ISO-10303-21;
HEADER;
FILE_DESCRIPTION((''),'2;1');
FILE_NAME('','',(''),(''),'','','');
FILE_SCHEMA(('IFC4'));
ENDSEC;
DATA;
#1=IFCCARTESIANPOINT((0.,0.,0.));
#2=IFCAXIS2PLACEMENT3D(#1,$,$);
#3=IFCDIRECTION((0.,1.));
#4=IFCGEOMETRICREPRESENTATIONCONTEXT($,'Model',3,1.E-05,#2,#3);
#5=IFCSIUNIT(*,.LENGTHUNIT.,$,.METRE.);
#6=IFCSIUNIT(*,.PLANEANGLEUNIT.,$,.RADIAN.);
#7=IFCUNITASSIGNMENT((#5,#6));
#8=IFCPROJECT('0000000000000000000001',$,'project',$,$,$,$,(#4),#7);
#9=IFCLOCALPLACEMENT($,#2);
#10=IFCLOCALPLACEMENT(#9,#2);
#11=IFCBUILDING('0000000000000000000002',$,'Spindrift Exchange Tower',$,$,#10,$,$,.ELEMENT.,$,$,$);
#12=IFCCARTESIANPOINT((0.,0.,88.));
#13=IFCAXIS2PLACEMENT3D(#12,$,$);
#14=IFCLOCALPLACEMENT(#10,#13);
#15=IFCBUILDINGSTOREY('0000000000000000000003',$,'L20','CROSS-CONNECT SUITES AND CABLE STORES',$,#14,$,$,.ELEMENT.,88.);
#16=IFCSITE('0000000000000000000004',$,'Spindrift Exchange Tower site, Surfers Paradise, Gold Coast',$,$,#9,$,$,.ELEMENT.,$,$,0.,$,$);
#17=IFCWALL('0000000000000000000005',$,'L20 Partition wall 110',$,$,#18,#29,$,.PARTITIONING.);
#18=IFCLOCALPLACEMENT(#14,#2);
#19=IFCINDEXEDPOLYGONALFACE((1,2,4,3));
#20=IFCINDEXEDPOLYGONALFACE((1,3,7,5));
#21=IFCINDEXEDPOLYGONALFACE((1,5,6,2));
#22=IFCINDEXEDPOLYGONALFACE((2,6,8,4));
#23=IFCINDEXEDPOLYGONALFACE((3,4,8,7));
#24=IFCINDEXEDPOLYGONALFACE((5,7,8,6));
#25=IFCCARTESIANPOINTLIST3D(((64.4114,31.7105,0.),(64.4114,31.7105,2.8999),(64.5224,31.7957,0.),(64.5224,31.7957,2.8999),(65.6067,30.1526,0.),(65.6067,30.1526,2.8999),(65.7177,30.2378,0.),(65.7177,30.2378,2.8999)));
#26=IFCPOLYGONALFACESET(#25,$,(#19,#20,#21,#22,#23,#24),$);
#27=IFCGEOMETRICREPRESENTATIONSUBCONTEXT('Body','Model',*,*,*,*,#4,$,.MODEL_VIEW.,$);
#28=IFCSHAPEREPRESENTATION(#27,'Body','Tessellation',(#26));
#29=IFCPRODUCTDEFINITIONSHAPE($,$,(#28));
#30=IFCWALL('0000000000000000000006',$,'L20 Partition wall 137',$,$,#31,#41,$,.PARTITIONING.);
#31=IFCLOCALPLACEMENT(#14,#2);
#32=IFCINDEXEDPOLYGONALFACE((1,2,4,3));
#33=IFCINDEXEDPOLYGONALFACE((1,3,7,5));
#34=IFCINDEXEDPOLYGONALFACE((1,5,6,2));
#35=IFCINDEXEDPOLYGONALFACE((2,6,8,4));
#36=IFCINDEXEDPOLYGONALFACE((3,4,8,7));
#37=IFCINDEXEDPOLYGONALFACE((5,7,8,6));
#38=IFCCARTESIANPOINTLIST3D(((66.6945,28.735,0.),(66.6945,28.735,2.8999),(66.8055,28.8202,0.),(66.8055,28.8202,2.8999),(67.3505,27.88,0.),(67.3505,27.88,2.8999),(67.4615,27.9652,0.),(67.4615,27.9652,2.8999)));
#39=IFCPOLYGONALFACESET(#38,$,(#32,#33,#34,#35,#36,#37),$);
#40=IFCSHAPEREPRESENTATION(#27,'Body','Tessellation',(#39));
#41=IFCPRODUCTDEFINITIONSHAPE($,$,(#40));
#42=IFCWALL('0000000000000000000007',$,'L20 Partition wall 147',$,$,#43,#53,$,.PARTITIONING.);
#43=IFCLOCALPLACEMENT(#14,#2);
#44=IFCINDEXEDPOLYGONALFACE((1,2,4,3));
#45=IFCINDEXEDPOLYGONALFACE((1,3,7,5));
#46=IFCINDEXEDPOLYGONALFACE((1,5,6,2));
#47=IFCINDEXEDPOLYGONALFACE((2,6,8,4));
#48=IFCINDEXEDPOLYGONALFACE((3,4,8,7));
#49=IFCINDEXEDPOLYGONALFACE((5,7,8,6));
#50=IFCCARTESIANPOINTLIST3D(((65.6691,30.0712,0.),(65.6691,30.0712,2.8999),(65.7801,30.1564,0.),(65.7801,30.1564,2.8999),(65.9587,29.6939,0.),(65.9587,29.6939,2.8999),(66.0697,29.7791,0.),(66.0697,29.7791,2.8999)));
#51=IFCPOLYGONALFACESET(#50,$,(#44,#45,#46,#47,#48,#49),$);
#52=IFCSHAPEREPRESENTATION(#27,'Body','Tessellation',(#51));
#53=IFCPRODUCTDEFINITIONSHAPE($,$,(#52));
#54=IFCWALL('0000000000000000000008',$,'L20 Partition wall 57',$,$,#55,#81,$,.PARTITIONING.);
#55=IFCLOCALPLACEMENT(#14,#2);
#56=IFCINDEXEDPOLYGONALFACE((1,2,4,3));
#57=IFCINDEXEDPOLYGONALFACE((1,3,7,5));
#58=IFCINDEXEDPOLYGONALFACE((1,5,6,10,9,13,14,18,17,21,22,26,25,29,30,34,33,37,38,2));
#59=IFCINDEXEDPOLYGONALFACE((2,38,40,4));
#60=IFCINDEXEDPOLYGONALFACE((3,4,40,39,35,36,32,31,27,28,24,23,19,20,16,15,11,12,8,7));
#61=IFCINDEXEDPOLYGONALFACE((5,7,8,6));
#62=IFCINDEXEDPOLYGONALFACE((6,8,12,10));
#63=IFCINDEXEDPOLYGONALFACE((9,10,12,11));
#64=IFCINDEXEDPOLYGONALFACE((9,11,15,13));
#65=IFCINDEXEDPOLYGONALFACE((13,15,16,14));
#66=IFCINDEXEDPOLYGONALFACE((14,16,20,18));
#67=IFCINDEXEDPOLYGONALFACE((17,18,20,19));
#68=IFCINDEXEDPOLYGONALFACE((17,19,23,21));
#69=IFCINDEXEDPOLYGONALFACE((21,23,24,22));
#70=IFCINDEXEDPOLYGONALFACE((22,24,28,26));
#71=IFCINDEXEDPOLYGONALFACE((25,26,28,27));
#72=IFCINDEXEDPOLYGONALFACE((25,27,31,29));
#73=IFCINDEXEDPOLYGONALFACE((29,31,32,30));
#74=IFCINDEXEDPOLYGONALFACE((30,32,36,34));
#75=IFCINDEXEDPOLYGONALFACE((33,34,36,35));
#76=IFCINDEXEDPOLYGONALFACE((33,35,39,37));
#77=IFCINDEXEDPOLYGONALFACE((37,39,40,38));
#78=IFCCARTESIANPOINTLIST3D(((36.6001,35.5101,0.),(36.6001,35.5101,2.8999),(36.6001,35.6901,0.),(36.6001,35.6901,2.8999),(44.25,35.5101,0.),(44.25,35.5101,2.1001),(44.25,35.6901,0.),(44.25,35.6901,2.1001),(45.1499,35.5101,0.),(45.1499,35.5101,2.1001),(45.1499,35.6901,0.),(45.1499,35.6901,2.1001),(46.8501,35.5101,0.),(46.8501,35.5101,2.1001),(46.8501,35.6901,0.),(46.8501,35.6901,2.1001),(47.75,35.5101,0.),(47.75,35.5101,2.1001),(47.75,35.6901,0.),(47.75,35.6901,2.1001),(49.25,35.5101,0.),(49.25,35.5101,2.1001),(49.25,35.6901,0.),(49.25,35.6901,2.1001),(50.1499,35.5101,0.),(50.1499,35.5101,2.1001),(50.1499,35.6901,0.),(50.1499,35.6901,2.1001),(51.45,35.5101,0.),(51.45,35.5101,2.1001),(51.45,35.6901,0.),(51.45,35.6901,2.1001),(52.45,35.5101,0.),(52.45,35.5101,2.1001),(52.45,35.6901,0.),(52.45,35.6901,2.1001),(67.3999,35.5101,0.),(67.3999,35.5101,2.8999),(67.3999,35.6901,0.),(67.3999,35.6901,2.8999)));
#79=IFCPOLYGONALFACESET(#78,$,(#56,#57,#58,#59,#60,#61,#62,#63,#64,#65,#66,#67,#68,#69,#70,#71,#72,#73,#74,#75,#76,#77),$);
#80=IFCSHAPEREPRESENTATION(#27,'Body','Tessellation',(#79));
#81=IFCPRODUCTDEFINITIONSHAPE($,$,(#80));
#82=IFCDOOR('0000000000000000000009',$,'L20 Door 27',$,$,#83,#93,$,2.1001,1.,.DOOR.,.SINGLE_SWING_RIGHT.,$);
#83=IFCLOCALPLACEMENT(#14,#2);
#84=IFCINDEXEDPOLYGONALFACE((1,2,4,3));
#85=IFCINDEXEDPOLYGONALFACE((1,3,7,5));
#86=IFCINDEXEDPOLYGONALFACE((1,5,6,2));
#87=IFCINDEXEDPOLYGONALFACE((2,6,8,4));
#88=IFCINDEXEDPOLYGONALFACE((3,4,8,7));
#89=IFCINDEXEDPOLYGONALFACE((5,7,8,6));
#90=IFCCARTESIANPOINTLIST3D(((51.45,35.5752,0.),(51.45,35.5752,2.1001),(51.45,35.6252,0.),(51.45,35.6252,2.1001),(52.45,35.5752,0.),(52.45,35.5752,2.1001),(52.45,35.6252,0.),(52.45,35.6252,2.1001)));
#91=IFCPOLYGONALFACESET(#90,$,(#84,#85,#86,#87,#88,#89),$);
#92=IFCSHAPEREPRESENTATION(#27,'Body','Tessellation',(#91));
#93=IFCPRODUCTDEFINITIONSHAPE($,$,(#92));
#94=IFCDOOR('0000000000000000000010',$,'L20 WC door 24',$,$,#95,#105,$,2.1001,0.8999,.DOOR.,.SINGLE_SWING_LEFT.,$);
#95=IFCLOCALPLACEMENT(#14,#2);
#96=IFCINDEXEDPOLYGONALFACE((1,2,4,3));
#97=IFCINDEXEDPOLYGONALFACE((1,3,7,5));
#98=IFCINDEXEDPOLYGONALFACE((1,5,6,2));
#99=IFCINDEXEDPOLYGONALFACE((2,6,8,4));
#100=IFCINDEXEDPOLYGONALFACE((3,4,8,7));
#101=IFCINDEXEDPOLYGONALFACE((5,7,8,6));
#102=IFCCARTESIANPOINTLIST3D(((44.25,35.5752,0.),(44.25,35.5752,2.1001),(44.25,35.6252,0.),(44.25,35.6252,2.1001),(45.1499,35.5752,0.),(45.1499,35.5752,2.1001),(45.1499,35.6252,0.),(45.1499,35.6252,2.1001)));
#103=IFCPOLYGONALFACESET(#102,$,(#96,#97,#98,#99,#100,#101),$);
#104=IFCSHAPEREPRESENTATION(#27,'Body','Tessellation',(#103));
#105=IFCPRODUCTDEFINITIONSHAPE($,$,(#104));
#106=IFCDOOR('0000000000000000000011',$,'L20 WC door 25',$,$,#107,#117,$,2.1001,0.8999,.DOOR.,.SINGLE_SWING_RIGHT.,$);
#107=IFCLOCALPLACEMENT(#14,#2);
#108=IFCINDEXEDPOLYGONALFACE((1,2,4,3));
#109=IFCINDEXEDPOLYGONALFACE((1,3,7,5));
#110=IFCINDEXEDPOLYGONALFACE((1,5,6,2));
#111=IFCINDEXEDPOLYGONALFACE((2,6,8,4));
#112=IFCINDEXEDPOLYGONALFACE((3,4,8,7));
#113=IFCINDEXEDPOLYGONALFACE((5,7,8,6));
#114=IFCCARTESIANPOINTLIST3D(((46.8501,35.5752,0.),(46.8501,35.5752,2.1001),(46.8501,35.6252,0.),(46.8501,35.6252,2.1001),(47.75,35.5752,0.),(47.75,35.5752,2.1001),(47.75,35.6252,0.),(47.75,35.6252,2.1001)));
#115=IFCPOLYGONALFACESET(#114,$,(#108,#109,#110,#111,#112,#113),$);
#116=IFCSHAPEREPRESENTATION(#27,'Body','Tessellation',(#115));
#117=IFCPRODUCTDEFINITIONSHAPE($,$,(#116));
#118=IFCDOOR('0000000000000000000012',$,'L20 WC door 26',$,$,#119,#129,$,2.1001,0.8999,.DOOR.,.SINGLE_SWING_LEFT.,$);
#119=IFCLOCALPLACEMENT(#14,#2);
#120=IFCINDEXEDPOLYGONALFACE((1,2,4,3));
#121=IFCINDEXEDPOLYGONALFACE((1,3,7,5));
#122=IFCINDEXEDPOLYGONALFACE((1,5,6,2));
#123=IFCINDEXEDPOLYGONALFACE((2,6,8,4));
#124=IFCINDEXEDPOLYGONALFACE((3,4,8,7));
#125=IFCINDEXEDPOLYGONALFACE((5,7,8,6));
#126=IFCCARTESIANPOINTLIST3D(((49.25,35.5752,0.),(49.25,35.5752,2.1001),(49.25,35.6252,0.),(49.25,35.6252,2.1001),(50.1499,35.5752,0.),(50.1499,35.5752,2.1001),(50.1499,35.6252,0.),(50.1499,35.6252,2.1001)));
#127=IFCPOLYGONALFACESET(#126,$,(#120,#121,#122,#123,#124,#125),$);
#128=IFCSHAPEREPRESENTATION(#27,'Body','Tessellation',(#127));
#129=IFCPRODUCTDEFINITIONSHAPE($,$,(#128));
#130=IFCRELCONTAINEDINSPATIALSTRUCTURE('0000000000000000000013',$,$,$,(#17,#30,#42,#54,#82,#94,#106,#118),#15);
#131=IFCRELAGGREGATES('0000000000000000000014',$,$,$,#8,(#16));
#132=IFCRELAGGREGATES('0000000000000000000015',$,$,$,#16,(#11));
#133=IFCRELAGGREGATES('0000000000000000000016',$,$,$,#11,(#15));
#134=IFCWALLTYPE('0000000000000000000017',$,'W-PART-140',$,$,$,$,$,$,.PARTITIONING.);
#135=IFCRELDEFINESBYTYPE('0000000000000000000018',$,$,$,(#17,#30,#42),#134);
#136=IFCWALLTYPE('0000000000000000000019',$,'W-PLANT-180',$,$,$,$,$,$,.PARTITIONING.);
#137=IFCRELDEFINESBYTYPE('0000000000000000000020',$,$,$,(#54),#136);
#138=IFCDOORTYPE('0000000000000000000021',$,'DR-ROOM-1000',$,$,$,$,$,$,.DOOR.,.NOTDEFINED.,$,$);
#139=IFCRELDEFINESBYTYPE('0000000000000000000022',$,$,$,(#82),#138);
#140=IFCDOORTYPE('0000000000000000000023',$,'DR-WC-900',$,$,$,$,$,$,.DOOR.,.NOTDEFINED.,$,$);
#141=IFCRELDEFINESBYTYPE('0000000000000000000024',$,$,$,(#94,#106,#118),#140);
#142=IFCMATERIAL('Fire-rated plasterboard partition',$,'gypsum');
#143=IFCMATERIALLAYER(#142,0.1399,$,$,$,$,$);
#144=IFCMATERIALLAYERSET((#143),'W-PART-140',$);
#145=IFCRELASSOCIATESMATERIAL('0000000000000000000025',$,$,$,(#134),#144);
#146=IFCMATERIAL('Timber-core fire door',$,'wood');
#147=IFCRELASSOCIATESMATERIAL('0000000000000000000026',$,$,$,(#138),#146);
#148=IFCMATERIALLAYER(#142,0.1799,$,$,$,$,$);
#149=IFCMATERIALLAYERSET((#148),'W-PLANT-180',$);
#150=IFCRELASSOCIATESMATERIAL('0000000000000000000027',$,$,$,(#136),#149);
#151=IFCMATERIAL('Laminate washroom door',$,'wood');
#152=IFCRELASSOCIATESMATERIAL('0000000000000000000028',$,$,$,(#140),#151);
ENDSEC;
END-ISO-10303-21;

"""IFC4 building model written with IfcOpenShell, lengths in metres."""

from ifc_helpers import new_model, si_unit, direction, frame, frame_2d, origin, place, context, subcontext, project, spatial, rectangle, extrude, source, transform, mapped, material, layer, layer_set, type_object, element, fill, save


model = new_model("IFC4")

# Units and contexts
model_context = context("Model", 3, precision=1e-05, world=origin(), true_north=direction((0.0, 1.0)))
body_context = subcontext(model_context, "Body", "Model", "MODEL_VIEW")
ifc_project = project(units=[si_unit("LENGTHUNIT", "METRE"), si_unit("PLANEANGLEUNIT", "RADIAN")], contexts=[model_context])

# Site, building, storey
site_placement = place(None, origin())
site = spatial("IfcSite", under=ifc_project, at=site_placement, Name="Spindrift Exchange Tower site, Surfers Paradise, Gold Coast", CompositionType="ELEMENT", RefElevation=0.0)
building_placement = place(site_placement, origin())
building = spatial("IfcBuilding", under=site, at=building_placement, Name="Spindrift Exchange Tower", CompositionType="ELEMENT")
storey_placement = place(building_placement, frame((0.0, 0.0, 88.0)))
storey = spatial("IfcBuildingStorey", under=building, at=storey_placement, Name="L20", Description="CROSS-CONNECT SUITES AND CABLE STORES", CompositionType="ELEMENT", Elevation=88.0)

# Shared definitions
ifc_material_1 = material(Name="Fire-rated plasterboard partition", Category="gypsum")
ifc_layer_1 = layer(ifc_material_1, 0.1399)
ifc_layer_set_1 = layer_set([ifc_layer_1], Name="W-PART-140")
wall_type_1 = type_object("IfcWallType", Name="W-PART-140", PredefinedType="PARTITIONING", material=ifc_layer_set_1)
ifc_material_2 = material(Name="Timber-core fire door", Category="wood")
door_type_1 = type_object("IfcDoorType", Name="DR-ROOM-1000", OperationType="NOTDEFINED", PredefinedType="DOOR", material=ifc_material_2)
shared_shape_1 = source(origin(), body_context, "Body", "SweptSolid", [
    extrude(rectangle(XDim=1.0, YDim=2.1001, at=frame_2d((0.5, 1.05))), frame((0.0, 0.0249, 0.0), z_axis=(0.0, -1.0, 0.0), x_axis=(1.0, 0.0, 0.0)), (0.0, 0.0, 1.0), 0.05),
])

# Walls
wall_1_placement = place(storey_placement, frame((64.4668, 31.7532, 0.0), z_axis=(0.0, 0.0, 1.0), x_axis=(0.608737, -0.793372, 0.0)))
element("IfcWall", 1, at=wall_1_placement, inside=storey, type_object=wall_type_1, Name="L20 Partition wall 110", PredefinedType="PARTITIONING", context=body_context, shape_type="SweptSolid", body=[
    extrude(rectangle(XDim=1.9636, YDim=0.1399, at=frame_2d((0.9819, 0.0))), origin(), (0.0, 0.0, 1.0), 2.8999),
])
wall_2_placement = place(storey_placement, frame((66.75, 28.7776, 0.0), z_axis=(0.0, 0.0, 1.0), x_axis=(0.608736, -0.793373, 0.0)))
element("IfcWall", 2, at=wall_2_placement, inside=storey, type_object=wall_type_1, Name="L20 Partition wall 137", PredefinedType="PARTITIONING", context=body_context, shape_type="SweptSolid", body=[
    extrude(rectangle(XDim=1.0776, YDim=0.1399, at=frame_2d((0.5388, 0.0))), origin(), (0.0, 0.0, 1.0), 2.8999),
])
wall_3_placement = place(storey_placement, frame((65.7246, 30.1138, 0.0), z_axis=(0.0, 0.0, 1.0), x_axis=(0.608916, -0.793234, 0.0)))
element("IfcWall", 3, at=wall_3_placement, inside=storey, type_object=wall_type_1, Name="L20 Partition wall 147", PredefinedType="PARTITIONING", context=body_context, shape_type="SweptSolid", body=[
    extrude(rectangle(XDim=0.4756, YDim=0.1399, at=frame_2d((0.2378, 0.0))), origin(), (0.0, 0.0, 1.0), 2.8999),
])

# Wall, openings, doors
ifc_layer_2 = layer(ifc_material_1, 0.1799)
ifc_layer_set_2 = layer_set([ifc_layer_2], Name="W-PLANT-180")
wall_type_2 = type_object("IfcWallType", Name="W-PLANT-180", PredefinedType="PARTITIONING", material=ifc_layer_set_2)
wall_4_placement = place(storey_placement, frame((67.3999, 35.6001, 0.0), z_axis=(0.0, 0.0, 1.0), x_axis=(-1.0, 0.0, 0.0)))
wall_4 = element("IfcWall", 4, at=wall_4_placement, inside=storey, type_object=wall_type_2, Name="L20 Partition wall 57", PredefinedType="PARTITIONING", context=body_context, shape_type="SweptSolid", body=[
    extrude(rectangle(XDim=30.7998, YDim=0.1799, at=frame_2d((15.3999, 0.0))), origin(), (0.0, 0.0, 1.0), 2.8999),
])
opening_1_placement = place(wall_4_placement, frame((22.25, 0.0, 0.0)))
opening_1 = element("IfcOpeningElement", 5, at=opening_1_placement, cuts=wall_4, PredefinedType="OPENING", context=body_context, shape_type="SweptSolid", body=[
    extrude(rectangle(XDim=0.8999, YDim=2.1001, at=frame_2d((0.45, 1.05))), frame((0.0, 0.0999, 0.0), z_axis=(0.0, -1.0, 0.0), x_axis=(1.0, 0.0, 0.0)), (0.0, 0.0, 1.0), 0.2),
])
opening_2_placement = place(wall_4_placement, frame((19.6499, 0.0, 0.0)))
opening_2 = element("IfcOpeningElement", 6, at=opening_2_placement, cuts=wall_4, PredefinedType="OPENING", context=body_context, shape_type="SweptSolid", body=[
    extrude(rectangle(XDim=0.8999, YDim=2.1001, at=frame_2d((0.45, 1.05))), frame((0.0, 0.0999, 0.0), z_axis=(0.0, -1.0, 0.0), x_axis=(1.0, 0.0, 0.0)), (0.0, 0.0, 1.0), 0.2),
])
opening_3_placement = place(wall_4_placement, frame((17.25, 0.0, 0.0)))
opening_3 = element("IfcOpeningElement", 7, at=opening_3_placement, cuts=wall_4, PredefinedType="OPENING", context=body_context, shape_type="SweptSolid", body=[
    extrude(rectangle(XDim=0.8999, YDim=2.1001, at=frame_2d((0.45, 1.05))), frame((0.0, 0.0999, 0.0), z_axis=(0.0, -1.0, 0.0), x_axis=(1.0, 0.0, 0.0)), (0.0, 0.0, 1.0), 0.2),
])
opening_4_placement = place(wall_4_placement, frame((14.95, 0.0, 0.0)))
opening_4 = element("IfcOpeningElement", 8, at=opening_4_placement, cuts=wall_4, PredefinedType="OPENING", context=body_context, shape_type="SweptSolid", body=[
    extrude(rectangle(XDim=1.0, YDim=2.1001, at=frame_2d((0.5, 1.05))), frame((0.0, 0.0999, 0.0), z_axis=(0.0, -1.0, 0.0), x_axis=(1.0, 0.0, 0.0)), (0.0, 0.0, 1.0), 0.2),
])
door_1_placement = place(opening_4_placement, origin())
door_1 = element("IfcDoor", 9, at=door_1_placement, inside=storey, type_object=door_type_1, Name="L20 Door 27", OperationType="SINGLE_SWING_RIGHT", OverallHeight=2.1001, OverallWidth=1.0, PredefinedType="DOOR", context=body_context, shape_type="MappedRepresentation", body=[
    mapped(shared_shape_1, transform((0.0, 0.0, 0.0), scale=1.0)),
])
fill(opening_4, door_1)
ifc_material_3 = material(Name="Laminate washroom door", Category="wood")
door_type_2 = type_object("IfcDoorType", Name="DR-WC-900", OperationType="NOTDEFINED", PredefinedType="DOOR", material=ifc_material_3)
shared_shape_2 = source(origin(), body_context, "Body", "SweptSolid", [
    extrude(rectangle(XDim=0.8999, YDim=2.1001, at=frame_2d((0.45, 1.05))), frame((0.0, 0.0249, 0.0), z_axis=(0.0, -1.0, 0.0), x_axis=(1.0, 0.0, 0.0)), (0.0, 0.0, 1.0), 0.05),
])
door_2_placement = place(opening_1_placement, origin())
door_2 = element("IfcDoor", 10, at=door_2_placement, inside=storey, type_object=door_type_2, Name="L20 WC door 24", OperationType="SINGLE_SWING_LEFT", OverallHeight=2.1001, OverallWidth=0.8999, PredefinedType="DOOR", context=body_context, shape_type="MappedRepresentation", body=[
    mapped(shared_shape_2, transform((0.0, 0.0, 0.0), scale=1.0)),
])
fill(opening_1, door_2)
door_3_placement = place(opening_2_placement, origin())
door_3 = element("IfcDoor", 11, at=door_3_placement, inside=storey, type_object=door_type_2, Name="L20 WC door 25", OperationType="SINGLE_SWING_RIGHT", OverallHeight=2.1001, OverallWidth=0.8999, PredefinedType="DOOR", context=body_context, shape_type="MappedRepresentation", body=[
    mapped(shared_shape_2, transform((0.0, 0.0, 0.0), scale=1.0)),
])
fill(opening_2, door_3)
door_4_placement = place(opening_3_placement, origin())
door_4 = element("IfcDoor", 12, at=door_4_placement, inside=storey, type_object=door_type_2, Name="L20 WC door 26", OperationType="SINGLE_SWING_LEFT", OverallHeight=2.1001, OverallWidth=0.8999, PredefinedType="DOOR", context=body_context, shape_type="MappedRepresentation", body=[
    mapped(shared_shape_2, transform((0.0, 0.0, 0.0), scale=1.0)),
])
fill(opening_3, door_4)

save(model, "model.ifc")
